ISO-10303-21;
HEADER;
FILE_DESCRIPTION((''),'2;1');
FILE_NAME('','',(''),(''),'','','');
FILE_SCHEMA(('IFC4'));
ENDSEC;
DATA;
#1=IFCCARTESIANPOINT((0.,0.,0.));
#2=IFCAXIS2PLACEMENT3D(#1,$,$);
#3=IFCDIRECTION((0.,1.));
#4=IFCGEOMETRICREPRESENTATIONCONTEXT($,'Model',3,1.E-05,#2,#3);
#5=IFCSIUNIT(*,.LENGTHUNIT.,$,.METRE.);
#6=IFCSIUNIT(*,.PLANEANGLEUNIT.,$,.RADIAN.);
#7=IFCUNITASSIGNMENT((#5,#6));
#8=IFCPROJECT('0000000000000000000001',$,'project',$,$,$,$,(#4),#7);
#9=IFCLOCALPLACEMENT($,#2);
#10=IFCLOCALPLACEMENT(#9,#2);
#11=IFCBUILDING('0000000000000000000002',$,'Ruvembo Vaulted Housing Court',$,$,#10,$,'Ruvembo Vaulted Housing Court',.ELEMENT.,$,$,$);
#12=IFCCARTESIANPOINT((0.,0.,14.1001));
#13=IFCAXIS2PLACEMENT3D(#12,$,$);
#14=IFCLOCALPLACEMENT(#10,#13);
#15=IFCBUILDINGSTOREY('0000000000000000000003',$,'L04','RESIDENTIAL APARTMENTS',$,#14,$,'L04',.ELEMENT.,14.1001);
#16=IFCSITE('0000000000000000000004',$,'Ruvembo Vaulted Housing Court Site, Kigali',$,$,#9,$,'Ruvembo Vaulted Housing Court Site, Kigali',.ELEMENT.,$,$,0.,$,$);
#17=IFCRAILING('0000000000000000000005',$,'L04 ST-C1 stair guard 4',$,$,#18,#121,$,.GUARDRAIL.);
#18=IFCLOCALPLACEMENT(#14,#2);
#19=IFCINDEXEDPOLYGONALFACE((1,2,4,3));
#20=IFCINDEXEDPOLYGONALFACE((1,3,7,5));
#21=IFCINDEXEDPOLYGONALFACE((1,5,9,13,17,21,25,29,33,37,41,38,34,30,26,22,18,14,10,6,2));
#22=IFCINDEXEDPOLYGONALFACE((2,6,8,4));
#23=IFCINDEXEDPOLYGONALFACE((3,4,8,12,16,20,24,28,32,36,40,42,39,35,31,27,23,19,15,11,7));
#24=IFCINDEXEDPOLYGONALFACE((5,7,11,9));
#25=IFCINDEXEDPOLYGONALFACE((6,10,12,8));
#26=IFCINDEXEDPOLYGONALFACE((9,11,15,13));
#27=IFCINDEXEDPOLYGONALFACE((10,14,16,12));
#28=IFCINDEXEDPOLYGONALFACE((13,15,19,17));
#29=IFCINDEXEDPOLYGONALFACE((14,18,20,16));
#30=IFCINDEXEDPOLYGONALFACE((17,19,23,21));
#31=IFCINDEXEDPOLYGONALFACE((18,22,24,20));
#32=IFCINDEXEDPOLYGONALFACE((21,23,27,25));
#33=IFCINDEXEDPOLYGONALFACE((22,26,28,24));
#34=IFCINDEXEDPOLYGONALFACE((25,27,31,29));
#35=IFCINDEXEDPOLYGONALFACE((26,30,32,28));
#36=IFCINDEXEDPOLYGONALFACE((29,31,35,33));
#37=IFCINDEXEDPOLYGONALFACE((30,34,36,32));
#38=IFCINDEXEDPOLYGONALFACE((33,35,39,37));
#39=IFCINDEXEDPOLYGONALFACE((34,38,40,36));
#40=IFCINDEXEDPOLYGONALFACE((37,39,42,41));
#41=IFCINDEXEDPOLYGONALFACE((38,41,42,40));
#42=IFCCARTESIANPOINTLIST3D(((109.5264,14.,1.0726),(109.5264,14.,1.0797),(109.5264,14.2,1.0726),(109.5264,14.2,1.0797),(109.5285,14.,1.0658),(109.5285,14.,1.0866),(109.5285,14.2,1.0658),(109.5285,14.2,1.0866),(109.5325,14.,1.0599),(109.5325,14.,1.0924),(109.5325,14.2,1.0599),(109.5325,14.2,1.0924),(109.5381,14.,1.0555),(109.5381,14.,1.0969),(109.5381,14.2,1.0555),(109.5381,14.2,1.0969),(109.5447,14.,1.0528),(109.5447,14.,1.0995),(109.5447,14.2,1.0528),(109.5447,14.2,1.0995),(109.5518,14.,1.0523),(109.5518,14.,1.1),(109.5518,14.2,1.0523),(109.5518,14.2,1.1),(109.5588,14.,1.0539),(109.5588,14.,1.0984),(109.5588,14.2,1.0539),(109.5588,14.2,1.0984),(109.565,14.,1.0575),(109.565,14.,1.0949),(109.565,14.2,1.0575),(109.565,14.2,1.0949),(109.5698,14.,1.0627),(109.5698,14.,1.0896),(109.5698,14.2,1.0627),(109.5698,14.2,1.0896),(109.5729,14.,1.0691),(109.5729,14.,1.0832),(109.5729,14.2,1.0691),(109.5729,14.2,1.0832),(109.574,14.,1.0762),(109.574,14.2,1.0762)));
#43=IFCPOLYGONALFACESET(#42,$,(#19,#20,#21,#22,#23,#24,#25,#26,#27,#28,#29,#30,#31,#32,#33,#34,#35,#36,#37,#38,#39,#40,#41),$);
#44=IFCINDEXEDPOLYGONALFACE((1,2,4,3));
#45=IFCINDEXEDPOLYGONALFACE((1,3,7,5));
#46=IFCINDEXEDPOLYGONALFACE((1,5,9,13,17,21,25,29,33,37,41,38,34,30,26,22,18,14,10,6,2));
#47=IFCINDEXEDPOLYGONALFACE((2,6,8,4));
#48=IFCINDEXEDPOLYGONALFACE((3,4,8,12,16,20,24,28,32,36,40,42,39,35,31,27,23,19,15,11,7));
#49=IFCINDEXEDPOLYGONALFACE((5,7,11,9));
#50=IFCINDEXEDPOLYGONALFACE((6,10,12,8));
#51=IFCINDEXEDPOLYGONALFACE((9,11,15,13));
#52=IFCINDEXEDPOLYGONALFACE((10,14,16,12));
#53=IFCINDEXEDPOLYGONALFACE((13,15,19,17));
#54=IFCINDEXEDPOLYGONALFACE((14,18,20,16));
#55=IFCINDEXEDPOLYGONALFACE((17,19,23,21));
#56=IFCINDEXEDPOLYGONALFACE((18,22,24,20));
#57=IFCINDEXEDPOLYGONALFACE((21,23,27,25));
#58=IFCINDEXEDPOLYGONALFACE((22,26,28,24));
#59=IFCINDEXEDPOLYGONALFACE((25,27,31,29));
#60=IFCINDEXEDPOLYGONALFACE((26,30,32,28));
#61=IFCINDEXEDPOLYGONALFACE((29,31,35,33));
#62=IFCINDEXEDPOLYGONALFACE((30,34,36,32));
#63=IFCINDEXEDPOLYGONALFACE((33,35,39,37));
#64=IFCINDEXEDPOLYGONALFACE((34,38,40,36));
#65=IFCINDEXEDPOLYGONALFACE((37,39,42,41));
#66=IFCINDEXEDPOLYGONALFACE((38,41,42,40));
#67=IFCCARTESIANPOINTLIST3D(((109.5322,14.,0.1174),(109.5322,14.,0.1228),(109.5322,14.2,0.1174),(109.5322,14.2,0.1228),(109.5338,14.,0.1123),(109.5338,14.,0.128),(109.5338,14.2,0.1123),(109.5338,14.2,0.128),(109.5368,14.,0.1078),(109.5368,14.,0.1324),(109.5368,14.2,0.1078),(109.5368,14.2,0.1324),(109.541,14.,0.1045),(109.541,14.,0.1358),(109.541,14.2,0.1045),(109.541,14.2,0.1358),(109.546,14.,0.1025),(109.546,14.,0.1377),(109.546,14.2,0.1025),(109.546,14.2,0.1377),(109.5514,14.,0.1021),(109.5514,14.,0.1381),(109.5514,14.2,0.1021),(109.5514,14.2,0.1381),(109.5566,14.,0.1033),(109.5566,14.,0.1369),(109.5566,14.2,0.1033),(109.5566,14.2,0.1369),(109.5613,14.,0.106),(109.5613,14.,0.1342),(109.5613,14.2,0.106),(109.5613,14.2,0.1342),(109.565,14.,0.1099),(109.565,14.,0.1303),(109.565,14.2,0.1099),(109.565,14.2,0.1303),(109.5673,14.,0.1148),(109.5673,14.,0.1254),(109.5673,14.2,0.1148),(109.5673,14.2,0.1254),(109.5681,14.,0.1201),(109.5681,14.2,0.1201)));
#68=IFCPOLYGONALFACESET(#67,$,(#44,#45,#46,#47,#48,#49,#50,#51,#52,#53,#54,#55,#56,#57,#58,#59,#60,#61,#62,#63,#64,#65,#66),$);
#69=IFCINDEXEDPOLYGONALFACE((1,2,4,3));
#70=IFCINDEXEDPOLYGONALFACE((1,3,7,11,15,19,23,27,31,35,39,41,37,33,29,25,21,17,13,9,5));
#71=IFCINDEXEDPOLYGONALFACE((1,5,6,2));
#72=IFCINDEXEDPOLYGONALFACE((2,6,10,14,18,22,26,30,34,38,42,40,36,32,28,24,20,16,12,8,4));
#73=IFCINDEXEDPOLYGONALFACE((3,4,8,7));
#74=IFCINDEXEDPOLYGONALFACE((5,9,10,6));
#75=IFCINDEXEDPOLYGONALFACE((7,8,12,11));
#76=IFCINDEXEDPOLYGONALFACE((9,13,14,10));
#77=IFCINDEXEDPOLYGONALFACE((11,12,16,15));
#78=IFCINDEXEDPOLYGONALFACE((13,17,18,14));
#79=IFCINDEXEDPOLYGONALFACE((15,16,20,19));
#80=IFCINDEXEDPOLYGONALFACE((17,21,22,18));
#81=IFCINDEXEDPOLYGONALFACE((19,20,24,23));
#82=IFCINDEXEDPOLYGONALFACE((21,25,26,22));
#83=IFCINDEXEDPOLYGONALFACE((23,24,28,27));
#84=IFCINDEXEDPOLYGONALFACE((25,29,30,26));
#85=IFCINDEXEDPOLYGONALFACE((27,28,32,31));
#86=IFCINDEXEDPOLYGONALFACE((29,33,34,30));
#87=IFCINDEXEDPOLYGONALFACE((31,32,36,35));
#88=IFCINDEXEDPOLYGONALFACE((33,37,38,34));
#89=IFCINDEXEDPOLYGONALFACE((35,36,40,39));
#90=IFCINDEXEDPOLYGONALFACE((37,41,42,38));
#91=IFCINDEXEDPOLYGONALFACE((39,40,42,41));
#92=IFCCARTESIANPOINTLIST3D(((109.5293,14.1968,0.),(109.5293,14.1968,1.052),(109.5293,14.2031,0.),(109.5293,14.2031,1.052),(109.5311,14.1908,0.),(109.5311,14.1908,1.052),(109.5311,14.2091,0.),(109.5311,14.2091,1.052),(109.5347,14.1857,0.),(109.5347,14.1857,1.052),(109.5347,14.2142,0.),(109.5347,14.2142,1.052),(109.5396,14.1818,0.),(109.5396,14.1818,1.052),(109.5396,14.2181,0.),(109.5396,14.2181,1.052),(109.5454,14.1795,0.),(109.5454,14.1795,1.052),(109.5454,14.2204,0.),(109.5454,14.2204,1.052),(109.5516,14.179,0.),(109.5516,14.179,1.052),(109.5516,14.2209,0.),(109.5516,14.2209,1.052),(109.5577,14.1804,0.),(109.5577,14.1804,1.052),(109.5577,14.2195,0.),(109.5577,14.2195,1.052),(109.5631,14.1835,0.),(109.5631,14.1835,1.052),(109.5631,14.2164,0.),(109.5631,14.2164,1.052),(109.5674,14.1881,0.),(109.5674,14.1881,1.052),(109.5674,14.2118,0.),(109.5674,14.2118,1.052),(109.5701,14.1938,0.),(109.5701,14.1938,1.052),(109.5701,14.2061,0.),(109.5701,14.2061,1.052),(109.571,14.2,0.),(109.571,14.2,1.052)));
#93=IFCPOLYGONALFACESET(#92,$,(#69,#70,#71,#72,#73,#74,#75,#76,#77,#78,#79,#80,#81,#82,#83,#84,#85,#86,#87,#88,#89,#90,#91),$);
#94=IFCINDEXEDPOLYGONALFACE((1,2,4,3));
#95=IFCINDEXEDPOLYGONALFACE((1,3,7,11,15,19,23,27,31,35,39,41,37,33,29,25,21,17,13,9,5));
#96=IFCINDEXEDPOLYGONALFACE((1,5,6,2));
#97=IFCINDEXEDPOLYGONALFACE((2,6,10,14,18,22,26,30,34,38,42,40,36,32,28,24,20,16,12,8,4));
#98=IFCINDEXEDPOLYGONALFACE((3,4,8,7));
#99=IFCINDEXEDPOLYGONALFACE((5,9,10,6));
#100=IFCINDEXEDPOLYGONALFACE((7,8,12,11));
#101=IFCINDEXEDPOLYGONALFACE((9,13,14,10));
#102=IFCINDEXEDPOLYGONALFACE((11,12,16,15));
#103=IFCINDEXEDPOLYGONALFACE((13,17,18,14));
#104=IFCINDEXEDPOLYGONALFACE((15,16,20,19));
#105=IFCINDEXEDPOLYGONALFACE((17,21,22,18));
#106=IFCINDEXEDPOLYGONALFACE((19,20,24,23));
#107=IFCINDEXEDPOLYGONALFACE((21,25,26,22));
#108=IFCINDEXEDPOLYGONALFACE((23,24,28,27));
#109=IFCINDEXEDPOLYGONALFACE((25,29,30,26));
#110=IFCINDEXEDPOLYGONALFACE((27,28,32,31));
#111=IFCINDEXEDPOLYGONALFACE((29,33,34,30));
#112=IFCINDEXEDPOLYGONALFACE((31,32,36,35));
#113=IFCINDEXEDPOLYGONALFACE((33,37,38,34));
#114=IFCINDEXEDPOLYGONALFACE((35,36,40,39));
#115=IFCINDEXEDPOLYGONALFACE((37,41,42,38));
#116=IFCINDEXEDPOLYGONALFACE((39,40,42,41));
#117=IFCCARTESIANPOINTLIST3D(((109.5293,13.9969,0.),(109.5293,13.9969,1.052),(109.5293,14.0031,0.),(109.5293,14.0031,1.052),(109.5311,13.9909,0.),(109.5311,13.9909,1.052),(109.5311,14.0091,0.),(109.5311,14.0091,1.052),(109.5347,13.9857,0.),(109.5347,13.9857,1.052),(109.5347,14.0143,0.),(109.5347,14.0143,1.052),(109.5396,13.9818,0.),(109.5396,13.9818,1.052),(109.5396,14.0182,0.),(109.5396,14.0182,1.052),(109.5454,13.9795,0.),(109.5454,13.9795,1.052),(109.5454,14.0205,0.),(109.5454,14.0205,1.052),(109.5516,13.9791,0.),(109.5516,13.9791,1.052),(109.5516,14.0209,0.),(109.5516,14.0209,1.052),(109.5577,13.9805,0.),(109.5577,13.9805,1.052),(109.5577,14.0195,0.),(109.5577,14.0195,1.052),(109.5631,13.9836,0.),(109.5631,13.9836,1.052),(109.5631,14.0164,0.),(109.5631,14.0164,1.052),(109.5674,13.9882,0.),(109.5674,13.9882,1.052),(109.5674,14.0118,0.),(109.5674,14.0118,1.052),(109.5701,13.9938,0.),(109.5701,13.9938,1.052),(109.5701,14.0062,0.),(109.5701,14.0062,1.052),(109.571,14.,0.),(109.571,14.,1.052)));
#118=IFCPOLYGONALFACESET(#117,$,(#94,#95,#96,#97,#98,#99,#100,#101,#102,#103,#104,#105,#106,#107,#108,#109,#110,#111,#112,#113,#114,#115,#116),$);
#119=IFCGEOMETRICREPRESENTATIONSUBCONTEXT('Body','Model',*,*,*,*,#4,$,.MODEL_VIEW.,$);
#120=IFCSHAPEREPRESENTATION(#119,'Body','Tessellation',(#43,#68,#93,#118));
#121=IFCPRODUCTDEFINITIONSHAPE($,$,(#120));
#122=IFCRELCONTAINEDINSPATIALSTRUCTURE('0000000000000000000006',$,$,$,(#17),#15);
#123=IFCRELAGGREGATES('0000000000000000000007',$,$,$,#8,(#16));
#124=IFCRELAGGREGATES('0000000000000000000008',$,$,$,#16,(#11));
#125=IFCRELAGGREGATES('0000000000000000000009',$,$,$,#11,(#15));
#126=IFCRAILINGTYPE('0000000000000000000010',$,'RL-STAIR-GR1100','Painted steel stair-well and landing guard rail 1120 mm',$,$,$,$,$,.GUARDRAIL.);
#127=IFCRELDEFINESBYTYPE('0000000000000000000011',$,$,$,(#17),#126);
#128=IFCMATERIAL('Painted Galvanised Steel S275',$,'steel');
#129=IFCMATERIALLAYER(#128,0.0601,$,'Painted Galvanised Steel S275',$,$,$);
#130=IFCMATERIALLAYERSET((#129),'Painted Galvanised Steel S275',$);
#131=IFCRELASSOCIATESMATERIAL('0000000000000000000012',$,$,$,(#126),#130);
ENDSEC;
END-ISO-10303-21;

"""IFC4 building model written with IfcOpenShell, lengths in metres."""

from ifc_helpers import new_model, si_unit, direction, frame, origin, origin_2d, place, context, subcontext, project, spatial, circle, extrude, material, layer, layer_set, type_object, element, save


model = new_model("IFC4")

# Units and contexts
model_context = context("Model", 3, precision=1e-05, world=origin(), true_north=direction((0.0, 1.0)))
body_context = subcontext(model_context, "Body", "Model", "MODEL_VIEW")
ifc_project = project(units=[si_unit("LENGTHUNIT", "METRE"), si_unit("PLANEANGLEUNIT", "RADIAN")], contexts=[model_context])

# Site, building, storey
site_placement = place(None, origin())
site = spatial("IfcSite", under=ifc_project, at=site_placement, Name="Ruvembo Vaulted Housing Court Site, Kigali", LongName="Ruvembo Vaulted Housing Court Site, Kigali", CompositionType="ELEMENT", RefElevation=0.0)
building_placement = place(site_placement, origin())
building = spatial("IfcBuilding", under=site, at=building_placement, Name="Ruvembo Vaulted Housing Court", LongName="Ruvembo Vaulted Housing Court", CompositionType="ELEMENT")
storey_placement = place(building_placement, frame((0.0, 0.0, 14.1001)))
storey = spatial("IfcBuildingStorey", under=building, at=storey_placement, Name="L04", Description="RESIDENTIAL APARTMENTS", LongName="L04", CompositionType="ELEMENT", Elevation=14.1001)

# Railing
ifc_material_1 = material(Name="Painted Galvanised Steel S275", Category="steel")
ifc_layer_1 = layer(ifc_material_1, 0.0601, Name="Painted Galvanised Steel S275")
ifc_layer_set_1 = layer_set([ifc_layer_1], Name="Painted Galvanised Steel S275")
railing_type_1 = type_object("IfcRailingType", Name="RL-STAIR-GR1100", Description="Painted steel stair-well and landing guard rail 1120 mm", PredefinedType="GUARDRAIL", material=ifc_layer_set_1)
railing_1_placement = place(storey_placement, frame((109.55, 14.2, 0.0)))
element("IfcRailing", 1, at=railing_1_placement, inside=storey, type_object=railing_type_1, Name="L04 ST-C1 stair guard 4", PredefinedType="GUARDRAIL", context=body_context, shape_type="SweptSolid", body=[
    extrude(circle(Radius=0.0239, at=origin_2d()), frame((0.0, 0.0, 1.0762), z_axis=(0.0, -1.0, 0.0), x_axis=(1.0, 0.0, 0.0)), (0.0, 0.0, 1.0), 0.2),
    extrude(circle(Radius=0.0181, at=origin_2d()), frame((0.0, 0.0, 0.1201), z_axis=(0.0, -1.0, 0.0), x_axis=(1.0, 0.0, 0.0)), (0.0, 0.0, 1.0), 0.2),
    extrude(circle(Radius=0.021, at=origin_2d()), origin(), (0.0, 0.0, 1.0), 1.052),
    extrude(circle(Radius=0.021, at=origin_2d()), frame((0.0, -0.2, 0.0)), (0.0, 0.0, 1.0), 1.052),
])

save(model, "model.ifc")
